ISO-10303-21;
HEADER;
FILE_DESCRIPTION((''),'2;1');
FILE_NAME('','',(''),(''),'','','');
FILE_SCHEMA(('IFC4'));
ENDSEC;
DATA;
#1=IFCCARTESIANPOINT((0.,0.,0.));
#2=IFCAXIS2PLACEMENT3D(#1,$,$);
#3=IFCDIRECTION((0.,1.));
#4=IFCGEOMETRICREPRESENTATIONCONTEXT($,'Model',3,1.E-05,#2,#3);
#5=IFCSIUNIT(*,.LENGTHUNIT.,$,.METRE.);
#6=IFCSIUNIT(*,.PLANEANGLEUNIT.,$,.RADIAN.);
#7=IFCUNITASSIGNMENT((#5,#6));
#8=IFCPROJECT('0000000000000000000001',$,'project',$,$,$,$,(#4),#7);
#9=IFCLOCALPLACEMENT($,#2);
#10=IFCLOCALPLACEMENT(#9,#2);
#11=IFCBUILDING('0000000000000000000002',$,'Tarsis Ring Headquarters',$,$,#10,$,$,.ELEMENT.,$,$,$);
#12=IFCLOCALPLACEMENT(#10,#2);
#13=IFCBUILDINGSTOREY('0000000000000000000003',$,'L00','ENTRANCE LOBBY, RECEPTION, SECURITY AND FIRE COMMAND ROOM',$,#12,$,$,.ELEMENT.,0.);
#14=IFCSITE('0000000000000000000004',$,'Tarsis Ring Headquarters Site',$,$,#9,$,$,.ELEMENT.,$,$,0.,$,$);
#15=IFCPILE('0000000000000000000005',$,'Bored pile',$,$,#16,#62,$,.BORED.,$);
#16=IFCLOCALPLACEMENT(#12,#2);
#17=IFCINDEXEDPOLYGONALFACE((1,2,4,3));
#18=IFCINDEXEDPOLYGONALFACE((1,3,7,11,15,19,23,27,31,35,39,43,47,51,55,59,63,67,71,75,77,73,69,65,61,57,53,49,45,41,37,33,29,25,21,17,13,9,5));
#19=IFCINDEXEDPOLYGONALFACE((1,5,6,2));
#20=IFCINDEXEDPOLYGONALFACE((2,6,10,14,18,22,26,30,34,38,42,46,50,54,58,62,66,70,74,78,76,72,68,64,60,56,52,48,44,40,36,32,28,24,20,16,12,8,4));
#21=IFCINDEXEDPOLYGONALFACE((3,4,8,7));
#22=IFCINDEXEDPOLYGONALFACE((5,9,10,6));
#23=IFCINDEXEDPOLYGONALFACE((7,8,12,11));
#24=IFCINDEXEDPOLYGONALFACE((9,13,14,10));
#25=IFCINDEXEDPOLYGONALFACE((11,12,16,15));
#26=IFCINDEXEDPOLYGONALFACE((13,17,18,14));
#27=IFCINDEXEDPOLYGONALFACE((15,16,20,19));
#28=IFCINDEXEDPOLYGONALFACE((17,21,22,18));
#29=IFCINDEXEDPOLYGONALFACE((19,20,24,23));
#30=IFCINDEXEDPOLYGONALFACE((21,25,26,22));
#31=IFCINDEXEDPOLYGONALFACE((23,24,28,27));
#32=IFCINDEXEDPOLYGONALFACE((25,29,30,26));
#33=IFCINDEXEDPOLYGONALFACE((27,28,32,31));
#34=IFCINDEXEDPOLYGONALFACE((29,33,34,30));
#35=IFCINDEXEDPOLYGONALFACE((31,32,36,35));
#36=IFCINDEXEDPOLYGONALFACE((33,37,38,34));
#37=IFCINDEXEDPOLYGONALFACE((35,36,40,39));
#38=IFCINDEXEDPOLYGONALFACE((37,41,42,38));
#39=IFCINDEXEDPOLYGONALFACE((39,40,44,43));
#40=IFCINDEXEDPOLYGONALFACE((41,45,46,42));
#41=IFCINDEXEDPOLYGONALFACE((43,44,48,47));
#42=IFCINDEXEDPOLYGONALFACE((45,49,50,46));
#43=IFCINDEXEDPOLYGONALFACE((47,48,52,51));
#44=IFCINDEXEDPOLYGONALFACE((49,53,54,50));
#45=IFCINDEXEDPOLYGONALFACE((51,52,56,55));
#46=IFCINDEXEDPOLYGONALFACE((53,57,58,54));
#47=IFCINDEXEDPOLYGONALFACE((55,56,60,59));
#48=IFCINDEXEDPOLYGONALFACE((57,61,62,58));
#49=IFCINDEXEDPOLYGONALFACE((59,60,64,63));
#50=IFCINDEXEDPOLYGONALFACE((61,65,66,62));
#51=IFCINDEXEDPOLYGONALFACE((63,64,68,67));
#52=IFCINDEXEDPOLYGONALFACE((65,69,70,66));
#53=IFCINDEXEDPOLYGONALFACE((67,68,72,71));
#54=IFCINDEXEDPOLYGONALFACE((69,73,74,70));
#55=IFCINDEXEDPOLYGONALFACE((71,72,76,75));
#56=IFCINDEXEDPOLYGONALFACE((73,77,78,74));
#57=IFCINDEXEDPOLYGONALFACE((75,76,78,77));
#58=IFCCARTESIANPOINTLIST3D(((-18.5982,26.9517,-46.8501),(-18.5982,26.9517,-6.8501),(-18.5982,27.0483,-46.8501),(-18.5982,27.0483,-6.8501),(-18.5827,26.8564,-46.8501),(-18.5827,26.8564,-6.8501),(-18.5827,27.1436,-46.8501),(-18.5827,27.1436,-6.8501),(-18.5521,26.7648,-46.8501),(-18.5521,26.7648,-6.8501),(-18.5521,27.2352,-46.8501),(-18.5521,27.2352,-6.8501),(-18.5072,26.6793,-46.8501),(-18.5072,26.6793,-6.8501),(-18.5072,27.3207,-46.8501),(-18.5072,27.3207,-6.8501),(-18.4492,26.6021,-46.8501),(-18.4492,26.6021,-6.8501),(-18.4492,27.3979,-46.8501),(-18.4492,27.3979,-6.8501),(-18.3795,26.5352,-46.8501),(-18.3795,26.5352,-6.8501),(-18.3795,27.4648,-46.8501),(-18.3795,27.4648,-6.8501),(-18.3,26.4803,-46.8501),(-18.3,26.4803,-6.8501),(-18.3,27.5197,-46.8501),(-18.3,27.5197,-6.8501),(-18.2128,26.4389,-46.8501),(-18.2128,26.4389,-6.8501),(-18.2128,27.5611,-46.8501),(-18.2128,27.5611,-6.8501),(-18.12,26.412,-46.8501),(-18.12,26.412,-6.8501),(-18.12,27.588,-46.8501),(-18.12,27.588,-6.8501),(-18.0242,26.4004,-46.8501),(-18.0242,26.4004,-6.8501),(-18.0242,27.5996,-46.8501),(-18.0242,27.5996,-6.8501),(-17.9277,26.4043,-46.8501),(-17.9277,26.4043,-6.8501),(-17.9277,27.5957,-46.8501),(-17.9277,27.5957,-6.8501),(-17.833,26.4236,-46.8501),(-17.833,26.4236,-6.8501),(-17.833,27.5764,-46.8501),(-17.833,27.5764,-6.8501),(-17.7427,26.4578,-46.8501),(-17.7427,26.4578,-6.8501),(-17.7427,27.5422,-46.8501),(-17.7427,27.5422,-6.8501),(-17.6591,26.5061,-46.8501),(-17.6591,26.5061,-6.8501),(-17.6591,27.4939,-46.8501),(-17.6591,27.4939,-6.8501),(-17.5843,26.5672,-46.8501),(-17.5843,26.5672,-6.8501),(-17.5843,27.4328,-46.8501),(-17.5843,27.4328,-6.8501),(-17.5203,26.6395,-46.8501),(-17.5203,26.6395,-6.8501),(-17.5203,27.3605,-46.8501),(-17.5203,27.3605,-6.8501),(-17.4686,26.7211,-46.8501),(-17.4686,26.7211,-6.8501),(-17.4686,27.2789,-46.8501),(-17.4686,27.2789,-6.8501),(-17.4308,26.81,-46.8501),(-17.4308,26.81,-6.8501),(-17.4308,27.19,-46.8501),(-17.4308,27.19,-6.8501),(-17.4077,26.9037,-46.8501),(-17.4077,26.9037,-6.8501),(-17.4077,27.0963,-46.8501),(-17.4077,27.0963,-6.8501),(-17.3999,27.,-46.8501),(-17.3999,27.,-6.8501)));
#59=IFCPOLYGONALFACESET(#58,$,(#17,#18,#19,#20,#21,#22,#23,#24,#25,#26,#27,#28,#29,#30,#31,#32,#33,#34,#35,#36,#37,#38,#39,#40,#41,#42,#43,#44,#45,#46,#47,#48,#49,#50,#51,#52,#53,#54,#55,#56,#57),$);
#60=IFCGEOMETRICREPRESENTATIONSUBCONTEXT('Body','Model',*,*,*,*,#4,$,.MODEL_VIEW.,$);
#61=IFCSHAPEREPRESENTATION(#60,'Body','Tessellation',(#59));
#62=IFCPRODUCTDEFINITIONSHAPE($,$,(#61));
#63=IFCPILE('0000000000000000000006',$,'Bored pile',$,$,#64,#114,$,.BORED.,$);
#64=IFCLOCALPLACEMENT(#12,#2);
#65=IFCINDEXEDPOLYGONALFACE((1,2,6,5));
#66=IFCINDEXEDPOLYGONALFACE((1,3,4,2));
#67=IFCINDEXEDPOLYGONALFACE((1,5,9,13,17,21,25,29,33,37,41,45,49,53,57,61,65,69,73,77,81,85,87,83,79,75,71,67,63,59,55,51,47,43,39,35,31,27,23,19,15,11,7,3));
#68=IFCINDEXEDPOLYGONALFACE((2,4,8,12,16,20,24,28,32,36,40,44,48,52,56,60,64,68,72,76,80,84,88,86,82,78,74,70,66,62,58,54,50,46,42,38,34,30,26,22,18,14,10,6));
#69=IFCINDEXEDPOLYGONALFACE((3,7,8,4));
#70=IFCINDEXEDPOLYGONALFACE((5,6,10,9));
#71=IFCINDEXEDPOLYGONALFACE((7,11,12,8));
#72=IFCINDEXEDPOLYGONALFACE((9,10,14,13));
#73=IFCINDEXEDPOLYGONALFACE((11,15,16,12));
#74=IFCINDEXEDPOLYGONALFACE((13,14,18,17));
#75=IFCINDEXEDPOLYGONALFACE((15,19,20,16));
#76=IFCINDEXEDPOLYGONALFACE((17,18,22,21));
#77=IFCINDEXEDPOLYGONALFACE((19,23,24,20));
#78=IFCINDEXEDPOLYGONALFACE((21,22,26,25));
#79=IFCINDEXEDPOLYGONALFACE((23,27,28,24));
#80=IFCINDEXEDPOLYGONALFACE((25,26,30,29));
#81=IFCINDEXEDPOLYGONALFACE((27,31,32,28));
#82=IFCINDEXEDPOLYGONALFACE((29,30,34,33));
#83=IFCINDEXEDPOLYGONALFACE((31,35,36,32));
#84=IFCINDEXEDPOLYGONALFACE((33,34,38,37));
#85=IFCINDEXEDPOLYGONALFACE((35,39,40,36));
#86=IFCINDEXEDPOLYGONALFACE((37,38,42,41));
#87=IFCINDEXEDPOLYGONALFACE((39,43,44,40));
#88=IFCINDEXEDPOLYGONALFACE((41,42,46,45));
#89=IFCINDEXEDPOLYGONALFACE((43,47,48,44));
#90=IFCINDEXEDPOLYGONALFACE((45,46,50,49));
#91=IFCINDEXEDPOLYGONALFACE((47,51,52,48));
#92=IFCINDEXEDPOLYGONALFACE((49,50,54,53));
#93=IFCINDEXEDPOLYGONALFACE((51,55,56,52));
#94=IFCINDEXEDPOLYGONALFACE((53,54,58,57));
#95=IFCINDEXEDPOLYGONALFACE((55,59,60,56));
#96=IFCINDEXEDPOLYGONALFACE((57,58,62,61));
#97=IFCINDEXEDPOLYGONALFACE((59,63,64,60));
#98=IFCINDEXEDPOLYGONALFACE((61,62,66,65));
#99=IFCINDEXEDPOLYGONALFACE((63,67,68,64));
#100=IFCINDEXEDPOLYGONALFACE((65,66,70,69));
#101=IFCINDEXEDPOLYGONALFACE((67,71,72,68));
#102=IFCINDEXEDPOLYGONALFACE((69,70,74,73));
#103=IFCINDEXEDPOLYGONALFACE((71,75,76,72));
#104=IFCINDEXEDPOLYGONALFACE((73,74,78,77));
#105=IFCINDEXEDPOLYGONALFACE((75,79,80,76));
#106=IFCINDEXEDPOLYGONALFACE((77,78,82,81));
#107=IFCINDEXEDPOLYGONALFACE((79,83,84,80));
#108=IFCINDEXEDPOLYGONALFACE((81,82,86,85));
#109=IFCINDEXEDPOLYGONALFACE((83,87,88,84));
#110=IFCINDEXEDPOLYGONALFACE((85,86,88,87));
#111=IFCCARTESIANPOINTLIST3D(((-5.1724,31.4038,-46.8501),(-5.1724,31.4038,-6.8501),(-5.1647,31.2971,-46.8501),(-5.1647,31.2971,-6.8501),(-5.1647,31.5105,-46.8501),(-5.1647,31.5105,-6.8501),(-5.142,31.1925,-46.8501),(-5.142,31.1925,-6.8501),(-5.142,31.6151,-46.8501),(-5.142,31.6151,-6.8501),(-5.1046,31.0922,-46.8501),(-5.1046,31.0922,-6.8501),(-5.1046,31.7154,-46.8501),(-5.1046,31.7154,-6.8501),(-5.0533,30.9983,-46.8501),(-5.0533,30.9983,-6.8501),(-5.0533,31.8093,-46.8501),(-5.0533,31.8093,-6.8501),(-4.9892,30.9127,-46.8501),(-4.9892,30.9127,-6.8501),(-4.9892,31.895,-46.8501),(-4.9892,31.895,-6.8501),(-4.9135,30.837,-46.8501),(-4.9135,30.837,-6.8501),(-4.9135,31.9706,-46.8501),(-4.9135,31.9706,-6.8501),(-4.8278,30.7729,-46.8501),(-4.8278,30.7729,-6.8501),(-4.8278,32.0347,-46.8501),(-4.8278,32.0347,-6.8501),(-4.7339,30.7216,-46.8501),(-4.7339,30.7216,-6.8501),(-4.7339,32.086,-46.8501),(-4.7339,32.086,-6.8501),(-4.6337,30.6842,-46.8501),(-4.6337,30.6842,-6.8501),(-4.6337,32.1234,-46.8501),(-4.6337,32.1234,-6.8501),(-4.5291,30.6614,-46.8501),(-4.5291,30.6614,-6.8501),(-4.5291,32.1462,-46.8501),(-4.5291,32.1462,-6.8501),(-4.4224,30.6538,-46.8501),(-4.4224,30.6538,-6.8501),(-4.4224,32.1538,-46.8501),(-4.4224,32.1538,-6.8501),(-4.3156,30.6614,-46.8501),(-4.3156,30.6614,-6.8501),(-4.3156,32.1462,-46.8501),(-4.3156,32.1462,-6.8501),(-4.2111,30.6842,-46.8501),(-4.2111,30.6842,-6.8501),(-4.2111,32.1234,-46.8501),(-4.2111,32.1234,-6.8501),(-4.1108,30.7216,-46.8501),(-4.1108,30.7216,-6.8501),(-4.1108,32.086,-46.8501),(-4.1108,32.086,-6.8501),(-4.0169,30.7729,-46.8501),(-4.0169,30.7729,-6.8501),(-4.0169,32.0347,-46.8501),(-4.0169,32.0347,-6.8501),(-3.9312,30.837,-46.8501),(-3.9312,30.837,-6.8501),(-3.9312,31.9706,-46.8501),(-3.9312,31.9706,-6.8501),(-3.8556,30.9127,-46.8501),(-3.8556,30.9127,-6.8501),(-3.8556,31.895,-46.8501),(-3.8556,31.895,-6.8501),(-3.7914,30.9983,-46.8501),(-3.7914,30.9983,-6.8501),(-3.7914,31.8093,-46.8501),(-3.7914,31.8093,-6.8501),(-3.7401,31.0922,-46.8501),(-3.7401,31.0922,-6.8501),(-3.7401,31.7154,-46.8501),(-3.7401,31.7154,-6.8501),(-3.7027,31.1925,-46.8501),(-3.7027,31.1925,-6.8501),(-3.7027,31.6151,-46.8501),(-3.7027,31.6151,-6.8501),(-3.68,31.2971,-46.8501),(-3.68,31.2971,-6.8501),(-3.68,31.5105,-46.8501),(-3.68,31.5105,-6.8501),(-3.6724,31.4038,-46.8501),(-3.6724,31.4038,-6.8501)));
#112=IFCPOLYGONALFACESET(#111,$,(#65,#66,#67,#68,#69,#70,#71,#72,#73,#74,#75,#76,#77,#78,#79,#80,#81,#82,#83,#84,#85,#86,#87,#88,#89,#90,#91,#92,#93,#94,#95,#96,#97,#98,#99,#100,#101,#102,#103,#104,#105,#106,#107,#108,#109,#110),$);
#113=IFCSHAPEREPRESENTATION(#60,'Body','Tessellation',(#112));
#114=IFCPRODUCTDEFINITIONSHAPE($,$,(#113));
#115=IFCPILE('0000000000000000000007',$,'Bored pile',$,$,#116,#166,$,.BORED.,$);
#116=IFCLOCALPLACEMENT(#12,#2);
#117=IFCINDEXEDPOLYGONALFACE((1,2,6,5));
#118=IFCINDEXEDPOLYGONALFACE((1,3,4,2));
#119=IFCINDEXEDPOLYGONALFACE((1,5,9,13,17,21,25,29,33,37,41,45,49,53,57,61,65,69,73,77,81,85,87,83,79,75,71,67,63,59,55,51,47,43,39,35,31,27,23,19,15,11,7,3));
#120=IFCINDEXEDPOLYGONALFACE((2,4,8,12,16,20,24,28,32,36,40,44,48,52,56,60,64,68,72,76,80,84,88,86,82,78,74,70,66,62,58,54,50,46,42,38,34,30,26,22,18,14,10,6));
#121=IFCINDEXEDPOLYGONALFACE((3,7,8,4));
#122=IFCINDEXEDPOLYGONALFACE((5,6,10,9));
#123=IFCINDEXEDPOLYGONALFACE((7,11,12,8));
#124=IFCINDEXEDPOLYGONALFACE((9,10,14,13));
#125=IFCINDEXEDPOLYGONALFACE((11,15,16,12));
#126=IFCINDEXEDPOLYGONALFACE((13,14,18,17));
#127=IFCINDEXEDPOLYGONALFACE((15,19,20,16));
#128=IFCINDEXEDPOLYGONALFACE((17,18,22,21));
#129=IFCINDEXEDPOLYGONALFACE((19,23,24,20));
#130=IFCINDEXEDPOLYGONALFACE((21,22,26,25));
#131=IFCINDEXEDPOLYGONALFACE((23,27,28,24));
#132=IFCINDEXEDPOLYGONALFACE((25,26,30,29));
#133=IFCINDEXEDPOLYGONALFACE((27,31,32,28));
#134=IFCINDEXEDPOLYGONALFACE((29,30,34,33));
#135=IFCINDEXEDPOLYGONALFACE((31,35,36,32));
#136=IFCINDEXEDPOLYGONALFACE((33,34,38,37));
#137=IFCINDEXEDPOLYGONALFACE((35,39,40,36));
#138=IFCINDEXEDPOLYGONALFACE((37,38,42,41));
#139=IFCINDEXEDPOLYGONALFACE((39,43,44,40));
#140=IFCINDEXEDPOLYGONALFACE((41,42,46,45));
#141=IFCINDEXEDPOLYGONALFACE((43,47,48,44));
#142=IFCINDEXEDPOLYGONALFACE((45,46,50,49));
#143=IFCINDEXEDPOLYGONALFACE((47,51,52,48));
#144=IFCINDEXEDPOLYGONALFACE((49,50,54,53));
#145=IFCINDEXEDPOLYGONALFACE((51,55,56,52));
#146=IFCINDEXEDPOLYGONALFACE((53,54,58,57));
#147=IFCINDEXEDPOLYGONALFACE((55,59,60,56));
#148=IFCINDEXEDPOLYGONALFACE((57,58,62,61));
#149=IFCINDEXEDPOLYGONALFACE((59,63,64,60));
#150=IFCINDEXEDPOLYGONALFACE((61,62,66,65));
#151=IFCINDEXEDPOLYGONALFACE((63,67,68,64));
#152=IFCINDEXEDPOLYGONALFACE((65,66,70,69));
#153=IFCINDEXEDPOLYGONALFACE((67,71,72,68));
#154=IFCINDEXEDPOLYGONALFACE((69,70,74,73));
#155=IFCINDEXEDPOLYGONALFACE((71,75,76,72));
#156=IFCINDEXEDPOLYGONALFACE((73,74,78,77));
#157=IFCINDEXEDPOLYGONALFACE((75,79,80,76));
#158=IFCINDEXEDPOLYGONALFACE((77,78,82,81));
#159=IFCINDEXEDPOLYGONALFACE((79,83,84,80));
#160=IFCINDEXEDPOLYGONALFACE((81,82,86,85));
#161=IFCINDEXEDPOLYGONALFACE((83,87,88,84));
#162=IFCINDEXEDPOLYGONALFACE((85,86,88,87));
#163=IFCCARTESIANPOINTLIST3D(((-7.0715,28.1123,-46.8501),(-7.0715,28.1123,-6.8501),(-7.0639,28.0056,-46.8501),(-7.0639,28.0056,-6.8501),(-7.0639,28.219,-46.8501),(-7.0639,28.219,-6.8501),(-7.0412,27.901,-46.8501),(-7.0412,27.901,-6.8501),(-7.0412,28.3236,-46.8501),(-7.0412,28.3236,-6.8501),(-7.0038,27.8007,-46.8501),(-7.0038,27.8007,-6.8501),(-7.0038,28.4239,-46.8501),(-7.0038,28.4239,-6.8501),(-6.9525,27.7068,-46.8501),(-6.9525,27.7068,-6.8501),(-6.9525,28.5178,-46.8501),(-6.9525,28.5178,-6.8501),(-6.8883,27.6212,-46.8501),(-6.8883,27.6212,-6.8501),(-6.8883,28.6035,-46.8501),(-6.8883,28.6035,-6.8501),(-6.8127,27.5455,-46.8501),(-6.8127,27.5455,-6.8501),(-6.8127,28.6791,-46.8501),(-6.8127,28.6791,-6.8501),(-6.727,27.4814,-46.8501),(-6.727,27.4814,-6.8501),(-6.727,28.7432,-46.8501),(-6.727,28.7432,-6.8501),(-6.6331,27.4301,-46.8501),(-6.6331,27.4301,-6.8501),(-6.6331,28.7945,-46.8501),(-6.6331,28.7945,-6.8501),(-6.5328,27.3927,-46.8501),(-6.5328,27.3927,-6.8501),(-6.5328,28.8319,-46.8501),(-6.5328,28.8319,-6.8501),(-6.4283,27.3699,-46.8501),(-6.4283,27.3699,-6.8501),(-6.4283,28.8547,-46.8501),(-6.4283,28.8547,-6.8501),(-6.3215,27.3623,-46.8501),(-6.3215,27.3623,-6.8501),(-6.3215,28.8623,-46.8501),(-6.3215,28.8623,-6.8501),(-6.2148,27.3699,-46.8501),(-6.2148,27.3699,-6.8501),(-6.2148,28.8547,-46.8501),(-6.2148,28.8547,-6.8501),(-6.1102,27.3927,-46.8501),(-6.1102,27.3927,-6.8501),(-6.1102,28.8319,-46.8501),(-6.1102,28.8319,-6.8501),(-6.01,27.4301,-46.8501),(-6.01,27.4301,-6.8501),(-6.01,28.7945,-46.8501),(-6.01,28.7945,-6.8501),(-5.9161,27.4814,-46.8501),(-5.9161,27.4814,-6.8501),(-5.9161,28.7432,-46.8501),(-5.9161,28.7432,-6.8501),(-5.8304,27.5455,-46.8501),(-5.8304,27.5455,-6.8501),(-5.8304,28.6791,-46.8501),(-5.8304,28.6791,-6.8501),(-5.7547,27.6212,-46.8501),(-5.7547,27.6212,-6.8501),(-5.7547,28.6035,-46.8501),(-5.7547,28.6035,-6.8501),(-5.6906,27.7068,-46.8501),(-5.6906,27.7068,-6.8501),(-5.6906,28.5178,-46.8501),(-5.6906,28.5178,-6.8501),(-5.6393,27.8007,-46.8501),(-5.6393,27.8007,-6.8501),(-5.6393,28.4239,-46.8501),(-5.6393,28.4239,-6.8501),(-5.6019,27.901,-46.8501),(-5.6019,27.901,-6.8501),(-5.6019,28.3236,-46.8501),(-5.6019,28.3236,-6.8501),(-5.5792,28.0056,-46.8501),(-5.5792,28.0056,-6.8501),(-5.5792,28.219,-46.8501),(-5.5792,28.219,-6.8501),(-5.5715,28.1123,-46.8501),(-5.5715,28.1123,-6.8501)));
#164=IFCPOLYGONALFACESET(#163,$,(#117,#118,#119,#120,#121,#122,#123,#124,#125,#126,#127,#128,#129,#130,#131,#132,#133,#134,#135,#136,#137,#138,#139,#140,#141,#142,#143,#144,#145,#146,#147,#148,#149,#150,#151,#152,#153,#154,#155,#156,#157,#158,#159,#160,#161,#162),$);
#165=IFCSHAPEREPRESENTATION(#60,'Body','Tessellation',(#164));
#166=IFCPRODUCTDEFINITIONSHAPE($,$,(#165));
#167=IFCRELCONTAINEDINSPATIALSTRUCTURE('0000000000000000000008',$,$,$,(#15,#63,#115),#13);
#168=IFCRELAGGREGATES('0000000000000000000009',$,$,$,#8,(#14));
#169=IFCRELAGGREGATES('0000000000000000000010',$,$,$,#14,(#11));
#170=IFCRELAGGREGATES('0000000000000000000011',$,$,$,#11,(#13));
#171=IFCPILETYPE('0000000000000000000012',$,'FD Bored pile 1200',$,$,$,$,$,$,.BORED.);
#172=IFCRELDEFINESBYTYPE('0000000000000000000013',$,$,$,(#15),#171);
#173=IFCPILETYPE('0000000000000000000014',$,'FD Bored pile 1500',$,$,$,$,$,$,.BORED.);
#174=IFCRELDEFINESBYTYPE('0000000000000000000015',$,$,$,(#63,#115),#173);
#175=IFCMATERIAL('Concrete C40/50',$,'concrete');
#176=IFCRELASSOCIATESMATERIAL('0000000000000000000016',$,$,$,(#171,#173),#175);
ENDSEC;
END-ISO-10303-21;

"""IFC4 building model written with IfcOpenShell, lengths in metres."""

from ifc_helpers import new_model, si_unit, direction, frame, origin, origin_2d, place, context, subcontext, project, spatial, circle, extrude, material, material_profile, profile_set, type_object, element, save


model = new_model("IFC4")

# Units and contexts
model_context = context("Model", 3, precision=1e-05, world=origin(), true_north=direction((0.0, 1.0)))
body_context = subcontext(model_context, "Body", "Model", "MODEL_VIEW")
ifc_project = project(units=[si_unit("LENGTHUNIT", "METRE"), si_unit("PLANEANGLEUNIT", "RADIAN")], contexts=[model_context])

# Site, building, storey
site_placement = place(None, origin())
site = spatial("IfcSite", under=ifc_project, at=site_placement, Name="Tarsis Ring Headquarters Site", CompositionType="ELEMENT", RefElevation=0.0)
building_placement = place(site_placement, origin())
building = spatial("IfcBuilding", under=site, at=building_placement, Name="Tarsis Ring Headquarters", CompositionType="ELEMENT")
storey_placement = place(building_placement, origin())
storey = spatial("IfcBuildingStorey", under=building, at=storey_placement, Name="L00", Description="ENTRANCE LOBBY, RECEPTION, SECURITY AND FIRE COMMAND ROOM", CompositionType="ELEMENT", Elevation=0.0)

# Piles
ifc_material_1 = material(Name="Concrete C40/50", Category="concrete")
ifc_material_profile_1 = material_profile(ifc_material_1, circle(Radius=0.6001, at=origin_2d()), Name="BORED 1200")
ifc_profile_set_1 = profile_set([ifc_material_profile_1], Name="Concrete C40/50")
pile_type_1 = type_object("IfcPileType", Name="FD Bored pile 1200", PredefinedType="BORED", material=ifc_profile_set_1)
pile_placement = place(storey_placement, frame((-18.0, 27.0, -6.8501), z_axis=(0.0, 0.0, -1.0), x_axis=(1.0, 0.0, 0.0)))
element("IfcPile", 1, at=pile_placement, inside=storey, type_object=pile_type_1, Name="Bored pile", PredefinedType="BORED", context=body_context, shape_type="SweptSolid", body=[
    extrude(circle(Radius=0.6001, at=origin_2d()), origin(), (0.0, 0.0, 1.0), 40.0),
])
ifc_material_profile_2 = material_profile(ifc_material_1, circle(Radius=0.75, at=origin_2d()), Name="BORED 1500")
ifc_profile_set_2 = profile_set([ifc_material_profile_2], Name="Concrete C40/50")
pile_type_2 = type_object("IfcPileType", Name="FD Bored pile 1500", PredefinedType="BORED", material=ifc_profile_set_2)
for number, where, z_axis, x_axis, name in (
    (2, (-4.4224, 31.4038, -6.8501), (0.0, 0.0, -1.0), (1.0, 0.0, 0.0), "Bored pile"),
    (3, (-6.3215, 28.1123, -6.8501), (0.0, 0.0, -1.0), (1.0, 0.0, 0.0), "Bored pile"),
):
    element("IfcPile", number, at=place(storey_placement, frame(where, z_axis=z_axis, x_axis=x_axis)), inside=storey, type_object=pile_type_2, Name=name, PredefinedType="BORED", context=body_context, shape_type="SweptSolid", body=[
        extrude(circle(Radius=0.75, at=origin_2d()), origin(), (0.0, 0.0, 1.0), 40.0),
    ])

save(model, "model.ifc")
